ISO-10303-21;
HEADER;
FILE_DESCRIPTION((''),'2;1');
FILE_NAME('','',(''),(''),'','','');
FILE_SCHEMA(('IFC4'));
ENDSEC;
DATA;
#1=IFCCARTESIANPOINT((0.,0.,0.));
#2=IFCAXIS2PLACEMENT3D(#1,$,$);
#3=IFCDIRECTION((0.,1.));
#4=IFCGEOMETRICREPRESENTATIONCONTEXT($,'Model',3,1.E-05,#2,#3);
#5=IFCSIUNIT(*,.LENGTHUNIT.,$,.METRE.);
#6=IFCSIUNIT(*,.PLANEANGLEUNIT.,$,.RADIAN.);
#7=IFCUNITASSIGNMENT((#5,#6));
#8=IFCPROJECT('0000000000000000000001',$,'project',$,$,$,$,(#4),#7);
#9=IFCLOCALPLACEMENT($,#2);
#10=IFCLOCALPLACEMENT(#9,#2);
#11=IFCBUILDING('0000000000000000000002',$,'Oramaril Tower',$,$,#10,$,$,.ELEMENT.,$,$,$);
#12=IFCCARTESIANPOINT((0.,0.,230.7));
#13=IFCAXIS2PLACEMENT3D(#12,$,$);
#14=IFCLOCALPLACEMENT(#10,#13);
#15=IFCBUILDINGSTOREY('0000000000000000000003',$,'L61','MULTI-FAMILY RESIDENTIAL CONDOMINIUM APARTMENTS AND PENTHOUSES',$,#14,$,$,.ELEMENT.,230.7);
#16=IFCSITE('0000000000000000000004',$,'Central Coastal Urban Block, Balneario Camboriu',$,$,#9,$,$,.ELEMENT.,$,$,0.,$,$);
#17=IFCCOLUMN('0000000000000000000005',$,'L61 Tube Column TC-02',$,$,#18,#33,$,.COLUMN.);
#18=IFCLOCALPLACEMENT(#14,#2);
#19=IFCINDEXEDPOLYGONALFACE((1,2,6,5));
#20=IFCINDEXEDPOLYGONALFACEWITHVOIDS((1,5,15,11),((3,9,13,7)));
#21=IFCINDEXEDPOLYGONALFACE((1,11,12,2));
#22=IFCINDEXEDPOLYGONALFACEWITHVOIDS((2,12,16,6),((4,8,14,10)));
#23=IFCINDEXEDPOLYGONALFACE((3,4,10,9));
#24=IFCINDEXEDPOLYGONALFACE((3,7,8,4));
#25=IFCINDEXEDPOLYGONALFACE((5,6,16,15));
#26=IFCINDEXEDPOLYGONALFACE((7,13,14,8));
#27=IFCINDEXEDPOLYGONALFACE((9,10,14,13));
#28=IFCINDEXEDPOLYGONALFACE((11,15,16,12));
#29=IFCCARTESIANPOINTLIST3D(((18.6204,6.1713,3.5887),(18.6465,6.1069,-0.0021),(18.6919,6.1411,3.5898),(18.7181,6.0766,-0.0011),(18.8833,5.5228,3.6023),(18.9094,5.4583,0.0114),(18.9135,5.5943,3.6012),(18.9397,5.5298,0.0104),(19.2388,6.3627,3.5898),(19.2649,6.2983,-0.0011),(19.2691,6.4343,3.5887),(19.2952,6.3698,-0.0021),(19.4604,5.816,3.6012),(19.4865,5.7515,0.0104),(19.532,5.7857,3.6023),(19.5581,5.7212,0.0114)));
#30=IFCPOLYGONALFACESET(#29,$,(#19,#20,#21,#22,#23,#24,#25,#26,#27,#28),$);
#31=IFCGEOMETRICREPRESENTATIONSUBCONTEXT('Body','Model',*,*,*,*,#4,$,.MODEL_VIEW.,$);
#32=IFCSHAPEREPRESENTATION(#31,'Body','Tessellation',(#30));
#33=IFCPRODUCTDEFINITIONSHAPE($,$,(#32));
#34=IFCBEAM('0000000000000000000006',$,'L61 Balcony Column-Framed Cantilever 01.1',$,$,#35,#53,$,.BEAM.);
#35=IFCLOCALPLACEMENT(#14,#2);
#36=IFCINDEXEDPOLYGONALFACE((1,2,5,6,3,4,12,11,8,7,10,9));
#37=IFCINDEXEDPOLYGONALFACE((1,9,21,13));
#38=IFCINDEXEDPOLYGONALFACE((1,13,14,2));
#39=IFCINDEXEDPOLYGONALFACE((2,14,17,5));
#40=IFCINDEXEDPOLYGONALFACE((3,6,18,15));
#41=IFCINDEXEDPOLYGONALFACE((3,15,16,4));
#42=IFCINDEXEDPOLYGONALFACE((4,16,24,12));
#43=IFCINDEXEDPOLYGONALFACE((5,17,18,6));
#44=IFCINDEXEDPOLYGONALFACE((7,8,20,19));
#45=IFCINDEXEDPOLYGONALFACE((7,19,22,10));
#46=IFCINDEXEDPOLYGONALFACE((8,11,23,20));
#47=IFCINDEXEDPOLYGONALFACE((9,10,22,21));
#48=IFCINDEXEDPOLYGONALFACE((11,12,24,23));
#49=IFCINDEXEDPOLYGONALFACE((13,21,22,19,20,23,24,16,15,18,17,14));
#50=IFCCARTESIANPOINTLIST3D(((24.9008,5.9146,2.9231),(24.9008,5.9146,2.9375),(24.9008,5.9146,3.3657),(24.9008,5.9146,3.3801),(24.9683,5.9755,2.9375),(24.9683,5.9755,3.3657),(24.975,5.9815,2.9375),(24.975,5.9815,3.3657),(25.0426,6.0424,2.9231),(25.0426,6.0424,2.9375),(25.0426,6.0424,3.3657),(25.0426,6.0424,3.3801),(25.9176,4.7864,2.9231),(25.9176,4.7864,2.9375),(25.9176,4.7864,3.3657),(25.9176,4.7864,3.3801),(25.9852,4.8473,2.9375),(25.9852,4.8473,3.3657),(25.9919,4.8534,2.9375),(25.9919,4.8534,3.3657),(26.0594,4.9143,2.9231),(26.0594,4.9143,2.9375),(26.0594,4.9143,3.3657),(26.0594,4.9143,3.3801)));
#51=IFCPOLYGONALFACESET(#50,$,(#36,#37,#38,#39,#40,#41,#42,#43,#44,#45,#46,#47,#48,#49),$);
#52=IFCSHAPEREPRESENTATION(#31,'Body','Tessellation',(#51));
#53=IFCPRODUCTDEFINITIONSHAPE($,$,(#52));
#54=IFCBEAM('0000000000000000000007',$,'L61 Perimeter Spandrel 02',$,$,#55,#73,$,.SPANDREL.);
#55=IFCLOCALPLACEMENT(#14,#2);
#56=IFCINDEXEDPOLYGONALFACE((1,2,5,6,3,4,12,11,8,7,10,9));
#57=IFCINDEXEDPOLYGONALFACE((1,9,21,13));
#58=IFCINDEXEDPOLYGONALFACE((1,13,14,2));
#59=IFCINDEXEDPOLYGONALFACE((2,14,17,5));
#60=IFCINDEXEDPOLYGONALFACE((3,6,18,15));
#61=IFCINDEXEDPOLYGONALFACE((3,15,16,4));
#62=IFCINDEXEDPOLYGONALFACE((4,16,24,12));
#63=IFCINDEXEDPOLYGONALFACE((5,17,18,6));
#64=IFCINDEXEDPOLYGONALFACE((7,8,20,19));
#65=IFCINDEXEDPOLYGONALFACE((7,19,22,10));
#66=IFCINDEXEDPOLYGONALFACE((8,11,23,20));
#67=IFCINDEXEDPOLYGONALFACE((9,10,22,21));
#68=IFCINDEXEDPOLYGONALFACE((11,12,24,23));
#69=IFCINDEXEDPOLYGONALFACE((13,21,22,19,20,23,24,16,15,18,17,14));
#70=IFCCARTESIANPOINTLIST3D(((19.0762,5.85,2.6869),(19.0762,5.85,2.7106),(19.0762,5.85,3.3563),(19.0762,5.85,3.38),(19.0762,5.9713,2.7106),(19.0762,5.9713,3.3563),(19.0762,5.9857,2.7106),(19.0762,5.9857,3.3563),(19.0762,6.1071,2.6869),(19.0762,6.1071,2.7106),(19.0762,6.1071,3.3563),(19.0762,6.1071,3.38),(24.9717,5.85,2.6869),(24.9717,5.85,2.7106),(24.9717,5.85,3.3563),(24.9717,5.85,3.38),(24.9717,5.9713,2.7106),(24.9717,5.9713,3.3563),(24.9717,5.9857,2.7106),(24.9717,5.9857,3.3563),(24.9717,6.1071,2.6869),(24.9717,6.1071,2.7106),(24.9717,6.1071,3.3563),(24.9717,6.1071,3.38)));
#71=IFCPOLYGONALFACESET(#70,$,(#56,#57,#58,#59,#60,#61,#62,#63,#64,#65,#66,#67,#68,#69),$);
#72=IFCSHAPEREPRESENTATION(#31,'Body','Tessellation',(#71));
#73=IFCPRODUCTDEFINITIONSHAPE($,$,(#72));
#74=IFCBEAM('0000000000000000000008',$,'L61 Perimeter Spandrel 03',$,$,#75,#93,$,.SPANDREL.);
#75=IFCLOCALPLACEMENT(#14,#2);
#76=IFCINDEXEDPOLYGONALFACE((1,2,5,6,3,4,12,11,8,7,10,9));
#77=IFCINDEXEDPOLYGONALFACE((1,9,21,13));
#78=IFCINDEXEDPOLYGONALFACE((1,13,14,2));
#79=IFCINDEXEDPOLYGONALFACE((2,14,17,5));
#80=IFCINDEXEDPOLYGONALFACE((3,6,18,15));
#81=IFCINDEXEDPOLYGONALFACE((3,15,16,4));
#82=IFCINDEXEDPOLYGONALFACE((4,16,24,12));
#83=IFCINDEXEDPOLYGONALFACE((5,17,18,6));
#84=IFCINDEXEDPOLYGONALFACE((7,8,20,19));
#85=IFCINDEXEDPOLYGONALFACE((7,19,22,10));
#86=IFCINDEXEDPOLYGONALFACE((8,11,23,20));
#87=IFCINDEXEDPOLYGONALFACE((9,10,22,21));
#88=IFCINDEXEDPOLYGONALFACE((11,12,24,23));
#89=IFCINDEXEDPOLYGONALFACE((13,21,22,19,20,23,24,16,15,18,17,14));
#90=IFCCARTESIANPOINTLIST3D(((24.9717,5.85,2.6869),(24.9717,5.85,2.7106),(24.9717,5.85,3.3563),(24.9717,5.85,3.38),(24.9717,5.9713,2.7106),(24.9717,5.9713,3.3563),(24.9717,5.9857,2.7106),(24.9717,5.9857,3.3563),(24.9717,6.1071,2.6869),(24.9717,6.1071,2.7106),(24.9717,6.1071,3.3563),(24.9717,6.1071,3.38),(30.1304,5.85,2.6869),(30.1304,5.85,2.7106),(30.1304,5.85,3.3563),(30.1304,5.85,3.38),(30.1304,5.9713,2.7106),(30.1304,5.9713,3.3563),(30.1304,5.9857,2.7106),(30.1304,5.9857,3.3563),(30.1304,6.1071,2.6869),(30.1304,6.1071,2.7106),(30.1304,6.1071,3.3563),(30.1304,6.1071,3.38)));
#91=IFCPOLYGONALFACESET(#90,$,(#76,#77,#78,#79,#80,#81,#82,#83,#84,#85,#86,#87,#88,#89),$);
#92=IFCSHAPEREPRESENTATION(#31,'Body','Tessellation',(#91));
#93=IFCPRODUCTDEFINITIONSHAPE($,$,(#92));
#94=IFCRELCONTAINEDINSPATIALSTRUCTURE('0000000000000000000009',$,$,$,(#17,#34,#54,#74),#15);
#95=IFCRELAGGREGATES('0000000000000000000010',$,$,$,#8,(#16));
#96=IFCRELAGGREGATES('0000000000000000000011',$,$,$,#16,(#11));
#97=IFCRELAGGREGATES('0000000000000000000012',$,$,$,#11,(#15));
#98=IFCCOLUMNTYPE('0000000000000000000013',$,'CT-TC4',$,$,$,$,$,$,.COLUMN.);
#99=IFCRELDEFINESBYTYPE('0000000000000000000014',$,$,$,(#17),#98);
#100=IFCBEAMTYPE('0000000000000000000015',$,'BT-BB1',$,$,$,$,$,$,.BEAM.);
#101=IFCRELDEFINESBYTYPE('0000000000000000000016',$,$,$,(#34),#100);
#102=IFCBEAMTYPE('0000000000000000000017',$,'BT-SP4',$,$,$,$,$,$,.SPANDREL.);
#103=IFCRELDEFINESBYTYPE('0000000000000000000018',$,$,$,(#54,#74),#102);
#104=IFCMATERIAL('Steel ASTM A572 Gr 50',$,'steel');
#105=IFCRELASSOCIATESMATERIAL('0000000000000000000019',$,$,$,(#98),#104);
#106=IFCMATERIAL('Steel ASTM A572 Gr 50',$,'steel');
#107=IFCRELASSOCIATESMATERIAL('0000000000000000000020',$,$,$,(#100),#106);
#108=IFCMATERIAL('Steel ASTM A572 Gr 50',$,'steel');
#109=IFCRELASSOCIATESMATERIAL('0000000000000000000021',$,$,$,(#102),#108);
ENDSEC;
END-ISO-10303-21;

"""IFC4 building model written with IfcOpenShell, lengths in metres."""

from ifc_helpers import new_model, si_unit, direction, frame, origin, origin_2d, place, context, subcontext, project, spatial, hollow_rectangle, i_section, extrude, material, material_profile, profile_set, type_object, element, save


model = new_model("IFC4")

# Units and contexts
model_context = context("Model", 3, precision=1e-05, world=origin(), true_north=direction((0.0, 1.0)))
body_context = subcontext(model_context, "Body", "Model", "MODEL_VIEW")
ifc_project = project(units=[si_unit("LENGTHUNIT", "METRE"), si_unit("PLANEANGLEUNIT", "RADIAN")], contexts=[model_context])

# Site, building, storey
site_placement = place(None, origin())
site = spatial("IfcSite", under=ifc_project, at=site_placement, Name="Central Coastal Urban Block, Balneario Camboriu", CompositionType="ELEMENT", RefElevation=0.0)
building_placement = place(site_placement, origin())
building = spatial("IfcBuilding", under=site, at=building_placement, Name="Oramaril Tower", CompositionType="ELEMENT")
storey_placement = place(building_placement, frame((0.0, 0.0, 230.7)))
storey = spatial("IfcBuildingStorey", under=building, at=storey_placement, Name="L61", Description="MULTI-FAMILY RESIDENTIAL CONDOMINIUM APARTMENTS AND PENTHOUSES", CompositionType="ELEMENT", Elevation=230.7)

# Column
ifc_material_1 = material(Name="Steel ASTM A572 Gr 50", Category="steel")
ifc_material_profile_1 = material_profile(ifc_material_1, hollow_rectangle(XDim=0.7, YDim=0.7, WallThickness=0.0549, at=origin_2d()), Name="BOX700X700X55")
ifc_profile_set_1 = profile_set([ifc_material_profile_1], Name="Steel ASTM A572 Gr 50")
column_type = type_object("IfcColumnType", Name="CT-TC4", PredefinedType="COLUMN", material=ifc_profile_set_1)
column_placement = place(storey_placement, frame((19.1023, 5.9141, 0.0046), z_axis=(-0.007274, 0.017946, 0.999812), x_axis=(-0.926772, -0.375624, 0.0)))
element("IfcColumn", 1, at=column_placement, inside=storey, type_object=column_type, Name="L61 Tube Column TC-02", PredefinedType="COLUMN", context=body_context, shape_type="SweptSolid", body=[
    extrude(hollow_rectangle(XDim=0.7, YDim=0.7, WallThickness=0.0549, at=origin_2d()), origin(), (0.0, 0.0, 1.0), 3.5916),
])

# Beams
ifc_material_2 = material(Name="Steel ASTM A572 Gr 50", Category="steel")
ifc_material_profile_2 = material_profile(ifc_material_2, i_section(OverallWidth=0.1909, OverallDepth=0.457, WebThickness=0.009, FlangeThickness=0.0144, at=origin_2d()), Name="W18X50")
ifc_profile_set_2 = profile_set([ifc_material_profile_2], Name="Steel ASTM A572 Gr 50")
beam_type_1 = type_object("IfcBeamType", Name="BT-BB1", PredefinedType="BEAM", material=ifc_profile_set_2)
beam_1_placement = place(storey_placement, frame((24.9717, 5.9785, 3.1516), z_axis=(0.669506, -0.742806, 0.0), x_axis=(0.742806, 0.669506, 0.0)))
element("IfcBeam", 2, at=beam_1_placement, inside=storey, type_object=beam_type_1, Name="L61 Balcony Column-Framed Cantilever 01.1", PredefinedType="BEAM", context=body_context, shape_type="SweptSolid", body=[
    extrude(i_section(OverallWidth=0.1909, OverallDepth=0.457, WebThickness=0.009, FlangeThickness=0.0144, at=origin_2d()), origin(), (0.0, 0.0, 1.0), 1.5188),
])
ifc_material_3 = material(Name="Steel ASTM A572 Gr 50", Category="steel")
ifc_material_profile_3 = material_profile(ifc_material_3, i_section(OverallWidth=0.2571, OverallDepth=0.6931, WebThickness=0.0144, FlangeThickness=0.0237, at=origin_2d()), Name="W27X114")
ifc_profile_set_3 = profile_set([ifc_material_profile_3], Name="Steel ASTM A572 Gr 50")
beam_type_2 = type_object("IfcBeamType", Name="BT-SP4", PredefinedType="SPANDREL", material=ifc_profile_set_3)
beam_2_placement = place(storey_placement, frame((19.0762, 5.9785, 3.0334), z_axis=(1.0, 0.0, 0.0), x_axis=(0.0, 1.0, 0.0)))
element("IfcBeam", 3, at=beam_2_placement, inside=storey, type_object=beam_type_2, Name="L61 Perimeter Spandrel 02", PredefinedType="SPANDREL", context=body_context, shape_type="SweptSolid", body=[
    extrude(i_section(OverallWidth=0.2571, OverallDepth=0.6931, WebThickness=0.0144, FlangeThickness=0.0237, at=origin_2d()), origin(), (0.0, 0.0, 1.0), 5.8955),
])
beam_3_placement = place(storey_placement, frame((24.9717, 5.9785, 3.0334), z_axis=(1.0, 0.0, 0.0), x_axis=(0.0, 1.0, 0.0)))
element("IfcBeam", 4, at=beam_3_placement, inside=storey, type_object=beam_type_2, Name="L61 Perimeter Spandrel 03", PredefinedType="SPANDREL", context=body_context, shape_type="SweptSolid", body=[
    extrude(i_section(OverallWidth=0.2571, OverallDepth=0.6931, WebThickness=0.0144, FlangeThickness=0.0237, at=origin_2d()), origin(), (0.0, 0.0, 1.0), 5.1587),
])

save(model, "model.ifc")
